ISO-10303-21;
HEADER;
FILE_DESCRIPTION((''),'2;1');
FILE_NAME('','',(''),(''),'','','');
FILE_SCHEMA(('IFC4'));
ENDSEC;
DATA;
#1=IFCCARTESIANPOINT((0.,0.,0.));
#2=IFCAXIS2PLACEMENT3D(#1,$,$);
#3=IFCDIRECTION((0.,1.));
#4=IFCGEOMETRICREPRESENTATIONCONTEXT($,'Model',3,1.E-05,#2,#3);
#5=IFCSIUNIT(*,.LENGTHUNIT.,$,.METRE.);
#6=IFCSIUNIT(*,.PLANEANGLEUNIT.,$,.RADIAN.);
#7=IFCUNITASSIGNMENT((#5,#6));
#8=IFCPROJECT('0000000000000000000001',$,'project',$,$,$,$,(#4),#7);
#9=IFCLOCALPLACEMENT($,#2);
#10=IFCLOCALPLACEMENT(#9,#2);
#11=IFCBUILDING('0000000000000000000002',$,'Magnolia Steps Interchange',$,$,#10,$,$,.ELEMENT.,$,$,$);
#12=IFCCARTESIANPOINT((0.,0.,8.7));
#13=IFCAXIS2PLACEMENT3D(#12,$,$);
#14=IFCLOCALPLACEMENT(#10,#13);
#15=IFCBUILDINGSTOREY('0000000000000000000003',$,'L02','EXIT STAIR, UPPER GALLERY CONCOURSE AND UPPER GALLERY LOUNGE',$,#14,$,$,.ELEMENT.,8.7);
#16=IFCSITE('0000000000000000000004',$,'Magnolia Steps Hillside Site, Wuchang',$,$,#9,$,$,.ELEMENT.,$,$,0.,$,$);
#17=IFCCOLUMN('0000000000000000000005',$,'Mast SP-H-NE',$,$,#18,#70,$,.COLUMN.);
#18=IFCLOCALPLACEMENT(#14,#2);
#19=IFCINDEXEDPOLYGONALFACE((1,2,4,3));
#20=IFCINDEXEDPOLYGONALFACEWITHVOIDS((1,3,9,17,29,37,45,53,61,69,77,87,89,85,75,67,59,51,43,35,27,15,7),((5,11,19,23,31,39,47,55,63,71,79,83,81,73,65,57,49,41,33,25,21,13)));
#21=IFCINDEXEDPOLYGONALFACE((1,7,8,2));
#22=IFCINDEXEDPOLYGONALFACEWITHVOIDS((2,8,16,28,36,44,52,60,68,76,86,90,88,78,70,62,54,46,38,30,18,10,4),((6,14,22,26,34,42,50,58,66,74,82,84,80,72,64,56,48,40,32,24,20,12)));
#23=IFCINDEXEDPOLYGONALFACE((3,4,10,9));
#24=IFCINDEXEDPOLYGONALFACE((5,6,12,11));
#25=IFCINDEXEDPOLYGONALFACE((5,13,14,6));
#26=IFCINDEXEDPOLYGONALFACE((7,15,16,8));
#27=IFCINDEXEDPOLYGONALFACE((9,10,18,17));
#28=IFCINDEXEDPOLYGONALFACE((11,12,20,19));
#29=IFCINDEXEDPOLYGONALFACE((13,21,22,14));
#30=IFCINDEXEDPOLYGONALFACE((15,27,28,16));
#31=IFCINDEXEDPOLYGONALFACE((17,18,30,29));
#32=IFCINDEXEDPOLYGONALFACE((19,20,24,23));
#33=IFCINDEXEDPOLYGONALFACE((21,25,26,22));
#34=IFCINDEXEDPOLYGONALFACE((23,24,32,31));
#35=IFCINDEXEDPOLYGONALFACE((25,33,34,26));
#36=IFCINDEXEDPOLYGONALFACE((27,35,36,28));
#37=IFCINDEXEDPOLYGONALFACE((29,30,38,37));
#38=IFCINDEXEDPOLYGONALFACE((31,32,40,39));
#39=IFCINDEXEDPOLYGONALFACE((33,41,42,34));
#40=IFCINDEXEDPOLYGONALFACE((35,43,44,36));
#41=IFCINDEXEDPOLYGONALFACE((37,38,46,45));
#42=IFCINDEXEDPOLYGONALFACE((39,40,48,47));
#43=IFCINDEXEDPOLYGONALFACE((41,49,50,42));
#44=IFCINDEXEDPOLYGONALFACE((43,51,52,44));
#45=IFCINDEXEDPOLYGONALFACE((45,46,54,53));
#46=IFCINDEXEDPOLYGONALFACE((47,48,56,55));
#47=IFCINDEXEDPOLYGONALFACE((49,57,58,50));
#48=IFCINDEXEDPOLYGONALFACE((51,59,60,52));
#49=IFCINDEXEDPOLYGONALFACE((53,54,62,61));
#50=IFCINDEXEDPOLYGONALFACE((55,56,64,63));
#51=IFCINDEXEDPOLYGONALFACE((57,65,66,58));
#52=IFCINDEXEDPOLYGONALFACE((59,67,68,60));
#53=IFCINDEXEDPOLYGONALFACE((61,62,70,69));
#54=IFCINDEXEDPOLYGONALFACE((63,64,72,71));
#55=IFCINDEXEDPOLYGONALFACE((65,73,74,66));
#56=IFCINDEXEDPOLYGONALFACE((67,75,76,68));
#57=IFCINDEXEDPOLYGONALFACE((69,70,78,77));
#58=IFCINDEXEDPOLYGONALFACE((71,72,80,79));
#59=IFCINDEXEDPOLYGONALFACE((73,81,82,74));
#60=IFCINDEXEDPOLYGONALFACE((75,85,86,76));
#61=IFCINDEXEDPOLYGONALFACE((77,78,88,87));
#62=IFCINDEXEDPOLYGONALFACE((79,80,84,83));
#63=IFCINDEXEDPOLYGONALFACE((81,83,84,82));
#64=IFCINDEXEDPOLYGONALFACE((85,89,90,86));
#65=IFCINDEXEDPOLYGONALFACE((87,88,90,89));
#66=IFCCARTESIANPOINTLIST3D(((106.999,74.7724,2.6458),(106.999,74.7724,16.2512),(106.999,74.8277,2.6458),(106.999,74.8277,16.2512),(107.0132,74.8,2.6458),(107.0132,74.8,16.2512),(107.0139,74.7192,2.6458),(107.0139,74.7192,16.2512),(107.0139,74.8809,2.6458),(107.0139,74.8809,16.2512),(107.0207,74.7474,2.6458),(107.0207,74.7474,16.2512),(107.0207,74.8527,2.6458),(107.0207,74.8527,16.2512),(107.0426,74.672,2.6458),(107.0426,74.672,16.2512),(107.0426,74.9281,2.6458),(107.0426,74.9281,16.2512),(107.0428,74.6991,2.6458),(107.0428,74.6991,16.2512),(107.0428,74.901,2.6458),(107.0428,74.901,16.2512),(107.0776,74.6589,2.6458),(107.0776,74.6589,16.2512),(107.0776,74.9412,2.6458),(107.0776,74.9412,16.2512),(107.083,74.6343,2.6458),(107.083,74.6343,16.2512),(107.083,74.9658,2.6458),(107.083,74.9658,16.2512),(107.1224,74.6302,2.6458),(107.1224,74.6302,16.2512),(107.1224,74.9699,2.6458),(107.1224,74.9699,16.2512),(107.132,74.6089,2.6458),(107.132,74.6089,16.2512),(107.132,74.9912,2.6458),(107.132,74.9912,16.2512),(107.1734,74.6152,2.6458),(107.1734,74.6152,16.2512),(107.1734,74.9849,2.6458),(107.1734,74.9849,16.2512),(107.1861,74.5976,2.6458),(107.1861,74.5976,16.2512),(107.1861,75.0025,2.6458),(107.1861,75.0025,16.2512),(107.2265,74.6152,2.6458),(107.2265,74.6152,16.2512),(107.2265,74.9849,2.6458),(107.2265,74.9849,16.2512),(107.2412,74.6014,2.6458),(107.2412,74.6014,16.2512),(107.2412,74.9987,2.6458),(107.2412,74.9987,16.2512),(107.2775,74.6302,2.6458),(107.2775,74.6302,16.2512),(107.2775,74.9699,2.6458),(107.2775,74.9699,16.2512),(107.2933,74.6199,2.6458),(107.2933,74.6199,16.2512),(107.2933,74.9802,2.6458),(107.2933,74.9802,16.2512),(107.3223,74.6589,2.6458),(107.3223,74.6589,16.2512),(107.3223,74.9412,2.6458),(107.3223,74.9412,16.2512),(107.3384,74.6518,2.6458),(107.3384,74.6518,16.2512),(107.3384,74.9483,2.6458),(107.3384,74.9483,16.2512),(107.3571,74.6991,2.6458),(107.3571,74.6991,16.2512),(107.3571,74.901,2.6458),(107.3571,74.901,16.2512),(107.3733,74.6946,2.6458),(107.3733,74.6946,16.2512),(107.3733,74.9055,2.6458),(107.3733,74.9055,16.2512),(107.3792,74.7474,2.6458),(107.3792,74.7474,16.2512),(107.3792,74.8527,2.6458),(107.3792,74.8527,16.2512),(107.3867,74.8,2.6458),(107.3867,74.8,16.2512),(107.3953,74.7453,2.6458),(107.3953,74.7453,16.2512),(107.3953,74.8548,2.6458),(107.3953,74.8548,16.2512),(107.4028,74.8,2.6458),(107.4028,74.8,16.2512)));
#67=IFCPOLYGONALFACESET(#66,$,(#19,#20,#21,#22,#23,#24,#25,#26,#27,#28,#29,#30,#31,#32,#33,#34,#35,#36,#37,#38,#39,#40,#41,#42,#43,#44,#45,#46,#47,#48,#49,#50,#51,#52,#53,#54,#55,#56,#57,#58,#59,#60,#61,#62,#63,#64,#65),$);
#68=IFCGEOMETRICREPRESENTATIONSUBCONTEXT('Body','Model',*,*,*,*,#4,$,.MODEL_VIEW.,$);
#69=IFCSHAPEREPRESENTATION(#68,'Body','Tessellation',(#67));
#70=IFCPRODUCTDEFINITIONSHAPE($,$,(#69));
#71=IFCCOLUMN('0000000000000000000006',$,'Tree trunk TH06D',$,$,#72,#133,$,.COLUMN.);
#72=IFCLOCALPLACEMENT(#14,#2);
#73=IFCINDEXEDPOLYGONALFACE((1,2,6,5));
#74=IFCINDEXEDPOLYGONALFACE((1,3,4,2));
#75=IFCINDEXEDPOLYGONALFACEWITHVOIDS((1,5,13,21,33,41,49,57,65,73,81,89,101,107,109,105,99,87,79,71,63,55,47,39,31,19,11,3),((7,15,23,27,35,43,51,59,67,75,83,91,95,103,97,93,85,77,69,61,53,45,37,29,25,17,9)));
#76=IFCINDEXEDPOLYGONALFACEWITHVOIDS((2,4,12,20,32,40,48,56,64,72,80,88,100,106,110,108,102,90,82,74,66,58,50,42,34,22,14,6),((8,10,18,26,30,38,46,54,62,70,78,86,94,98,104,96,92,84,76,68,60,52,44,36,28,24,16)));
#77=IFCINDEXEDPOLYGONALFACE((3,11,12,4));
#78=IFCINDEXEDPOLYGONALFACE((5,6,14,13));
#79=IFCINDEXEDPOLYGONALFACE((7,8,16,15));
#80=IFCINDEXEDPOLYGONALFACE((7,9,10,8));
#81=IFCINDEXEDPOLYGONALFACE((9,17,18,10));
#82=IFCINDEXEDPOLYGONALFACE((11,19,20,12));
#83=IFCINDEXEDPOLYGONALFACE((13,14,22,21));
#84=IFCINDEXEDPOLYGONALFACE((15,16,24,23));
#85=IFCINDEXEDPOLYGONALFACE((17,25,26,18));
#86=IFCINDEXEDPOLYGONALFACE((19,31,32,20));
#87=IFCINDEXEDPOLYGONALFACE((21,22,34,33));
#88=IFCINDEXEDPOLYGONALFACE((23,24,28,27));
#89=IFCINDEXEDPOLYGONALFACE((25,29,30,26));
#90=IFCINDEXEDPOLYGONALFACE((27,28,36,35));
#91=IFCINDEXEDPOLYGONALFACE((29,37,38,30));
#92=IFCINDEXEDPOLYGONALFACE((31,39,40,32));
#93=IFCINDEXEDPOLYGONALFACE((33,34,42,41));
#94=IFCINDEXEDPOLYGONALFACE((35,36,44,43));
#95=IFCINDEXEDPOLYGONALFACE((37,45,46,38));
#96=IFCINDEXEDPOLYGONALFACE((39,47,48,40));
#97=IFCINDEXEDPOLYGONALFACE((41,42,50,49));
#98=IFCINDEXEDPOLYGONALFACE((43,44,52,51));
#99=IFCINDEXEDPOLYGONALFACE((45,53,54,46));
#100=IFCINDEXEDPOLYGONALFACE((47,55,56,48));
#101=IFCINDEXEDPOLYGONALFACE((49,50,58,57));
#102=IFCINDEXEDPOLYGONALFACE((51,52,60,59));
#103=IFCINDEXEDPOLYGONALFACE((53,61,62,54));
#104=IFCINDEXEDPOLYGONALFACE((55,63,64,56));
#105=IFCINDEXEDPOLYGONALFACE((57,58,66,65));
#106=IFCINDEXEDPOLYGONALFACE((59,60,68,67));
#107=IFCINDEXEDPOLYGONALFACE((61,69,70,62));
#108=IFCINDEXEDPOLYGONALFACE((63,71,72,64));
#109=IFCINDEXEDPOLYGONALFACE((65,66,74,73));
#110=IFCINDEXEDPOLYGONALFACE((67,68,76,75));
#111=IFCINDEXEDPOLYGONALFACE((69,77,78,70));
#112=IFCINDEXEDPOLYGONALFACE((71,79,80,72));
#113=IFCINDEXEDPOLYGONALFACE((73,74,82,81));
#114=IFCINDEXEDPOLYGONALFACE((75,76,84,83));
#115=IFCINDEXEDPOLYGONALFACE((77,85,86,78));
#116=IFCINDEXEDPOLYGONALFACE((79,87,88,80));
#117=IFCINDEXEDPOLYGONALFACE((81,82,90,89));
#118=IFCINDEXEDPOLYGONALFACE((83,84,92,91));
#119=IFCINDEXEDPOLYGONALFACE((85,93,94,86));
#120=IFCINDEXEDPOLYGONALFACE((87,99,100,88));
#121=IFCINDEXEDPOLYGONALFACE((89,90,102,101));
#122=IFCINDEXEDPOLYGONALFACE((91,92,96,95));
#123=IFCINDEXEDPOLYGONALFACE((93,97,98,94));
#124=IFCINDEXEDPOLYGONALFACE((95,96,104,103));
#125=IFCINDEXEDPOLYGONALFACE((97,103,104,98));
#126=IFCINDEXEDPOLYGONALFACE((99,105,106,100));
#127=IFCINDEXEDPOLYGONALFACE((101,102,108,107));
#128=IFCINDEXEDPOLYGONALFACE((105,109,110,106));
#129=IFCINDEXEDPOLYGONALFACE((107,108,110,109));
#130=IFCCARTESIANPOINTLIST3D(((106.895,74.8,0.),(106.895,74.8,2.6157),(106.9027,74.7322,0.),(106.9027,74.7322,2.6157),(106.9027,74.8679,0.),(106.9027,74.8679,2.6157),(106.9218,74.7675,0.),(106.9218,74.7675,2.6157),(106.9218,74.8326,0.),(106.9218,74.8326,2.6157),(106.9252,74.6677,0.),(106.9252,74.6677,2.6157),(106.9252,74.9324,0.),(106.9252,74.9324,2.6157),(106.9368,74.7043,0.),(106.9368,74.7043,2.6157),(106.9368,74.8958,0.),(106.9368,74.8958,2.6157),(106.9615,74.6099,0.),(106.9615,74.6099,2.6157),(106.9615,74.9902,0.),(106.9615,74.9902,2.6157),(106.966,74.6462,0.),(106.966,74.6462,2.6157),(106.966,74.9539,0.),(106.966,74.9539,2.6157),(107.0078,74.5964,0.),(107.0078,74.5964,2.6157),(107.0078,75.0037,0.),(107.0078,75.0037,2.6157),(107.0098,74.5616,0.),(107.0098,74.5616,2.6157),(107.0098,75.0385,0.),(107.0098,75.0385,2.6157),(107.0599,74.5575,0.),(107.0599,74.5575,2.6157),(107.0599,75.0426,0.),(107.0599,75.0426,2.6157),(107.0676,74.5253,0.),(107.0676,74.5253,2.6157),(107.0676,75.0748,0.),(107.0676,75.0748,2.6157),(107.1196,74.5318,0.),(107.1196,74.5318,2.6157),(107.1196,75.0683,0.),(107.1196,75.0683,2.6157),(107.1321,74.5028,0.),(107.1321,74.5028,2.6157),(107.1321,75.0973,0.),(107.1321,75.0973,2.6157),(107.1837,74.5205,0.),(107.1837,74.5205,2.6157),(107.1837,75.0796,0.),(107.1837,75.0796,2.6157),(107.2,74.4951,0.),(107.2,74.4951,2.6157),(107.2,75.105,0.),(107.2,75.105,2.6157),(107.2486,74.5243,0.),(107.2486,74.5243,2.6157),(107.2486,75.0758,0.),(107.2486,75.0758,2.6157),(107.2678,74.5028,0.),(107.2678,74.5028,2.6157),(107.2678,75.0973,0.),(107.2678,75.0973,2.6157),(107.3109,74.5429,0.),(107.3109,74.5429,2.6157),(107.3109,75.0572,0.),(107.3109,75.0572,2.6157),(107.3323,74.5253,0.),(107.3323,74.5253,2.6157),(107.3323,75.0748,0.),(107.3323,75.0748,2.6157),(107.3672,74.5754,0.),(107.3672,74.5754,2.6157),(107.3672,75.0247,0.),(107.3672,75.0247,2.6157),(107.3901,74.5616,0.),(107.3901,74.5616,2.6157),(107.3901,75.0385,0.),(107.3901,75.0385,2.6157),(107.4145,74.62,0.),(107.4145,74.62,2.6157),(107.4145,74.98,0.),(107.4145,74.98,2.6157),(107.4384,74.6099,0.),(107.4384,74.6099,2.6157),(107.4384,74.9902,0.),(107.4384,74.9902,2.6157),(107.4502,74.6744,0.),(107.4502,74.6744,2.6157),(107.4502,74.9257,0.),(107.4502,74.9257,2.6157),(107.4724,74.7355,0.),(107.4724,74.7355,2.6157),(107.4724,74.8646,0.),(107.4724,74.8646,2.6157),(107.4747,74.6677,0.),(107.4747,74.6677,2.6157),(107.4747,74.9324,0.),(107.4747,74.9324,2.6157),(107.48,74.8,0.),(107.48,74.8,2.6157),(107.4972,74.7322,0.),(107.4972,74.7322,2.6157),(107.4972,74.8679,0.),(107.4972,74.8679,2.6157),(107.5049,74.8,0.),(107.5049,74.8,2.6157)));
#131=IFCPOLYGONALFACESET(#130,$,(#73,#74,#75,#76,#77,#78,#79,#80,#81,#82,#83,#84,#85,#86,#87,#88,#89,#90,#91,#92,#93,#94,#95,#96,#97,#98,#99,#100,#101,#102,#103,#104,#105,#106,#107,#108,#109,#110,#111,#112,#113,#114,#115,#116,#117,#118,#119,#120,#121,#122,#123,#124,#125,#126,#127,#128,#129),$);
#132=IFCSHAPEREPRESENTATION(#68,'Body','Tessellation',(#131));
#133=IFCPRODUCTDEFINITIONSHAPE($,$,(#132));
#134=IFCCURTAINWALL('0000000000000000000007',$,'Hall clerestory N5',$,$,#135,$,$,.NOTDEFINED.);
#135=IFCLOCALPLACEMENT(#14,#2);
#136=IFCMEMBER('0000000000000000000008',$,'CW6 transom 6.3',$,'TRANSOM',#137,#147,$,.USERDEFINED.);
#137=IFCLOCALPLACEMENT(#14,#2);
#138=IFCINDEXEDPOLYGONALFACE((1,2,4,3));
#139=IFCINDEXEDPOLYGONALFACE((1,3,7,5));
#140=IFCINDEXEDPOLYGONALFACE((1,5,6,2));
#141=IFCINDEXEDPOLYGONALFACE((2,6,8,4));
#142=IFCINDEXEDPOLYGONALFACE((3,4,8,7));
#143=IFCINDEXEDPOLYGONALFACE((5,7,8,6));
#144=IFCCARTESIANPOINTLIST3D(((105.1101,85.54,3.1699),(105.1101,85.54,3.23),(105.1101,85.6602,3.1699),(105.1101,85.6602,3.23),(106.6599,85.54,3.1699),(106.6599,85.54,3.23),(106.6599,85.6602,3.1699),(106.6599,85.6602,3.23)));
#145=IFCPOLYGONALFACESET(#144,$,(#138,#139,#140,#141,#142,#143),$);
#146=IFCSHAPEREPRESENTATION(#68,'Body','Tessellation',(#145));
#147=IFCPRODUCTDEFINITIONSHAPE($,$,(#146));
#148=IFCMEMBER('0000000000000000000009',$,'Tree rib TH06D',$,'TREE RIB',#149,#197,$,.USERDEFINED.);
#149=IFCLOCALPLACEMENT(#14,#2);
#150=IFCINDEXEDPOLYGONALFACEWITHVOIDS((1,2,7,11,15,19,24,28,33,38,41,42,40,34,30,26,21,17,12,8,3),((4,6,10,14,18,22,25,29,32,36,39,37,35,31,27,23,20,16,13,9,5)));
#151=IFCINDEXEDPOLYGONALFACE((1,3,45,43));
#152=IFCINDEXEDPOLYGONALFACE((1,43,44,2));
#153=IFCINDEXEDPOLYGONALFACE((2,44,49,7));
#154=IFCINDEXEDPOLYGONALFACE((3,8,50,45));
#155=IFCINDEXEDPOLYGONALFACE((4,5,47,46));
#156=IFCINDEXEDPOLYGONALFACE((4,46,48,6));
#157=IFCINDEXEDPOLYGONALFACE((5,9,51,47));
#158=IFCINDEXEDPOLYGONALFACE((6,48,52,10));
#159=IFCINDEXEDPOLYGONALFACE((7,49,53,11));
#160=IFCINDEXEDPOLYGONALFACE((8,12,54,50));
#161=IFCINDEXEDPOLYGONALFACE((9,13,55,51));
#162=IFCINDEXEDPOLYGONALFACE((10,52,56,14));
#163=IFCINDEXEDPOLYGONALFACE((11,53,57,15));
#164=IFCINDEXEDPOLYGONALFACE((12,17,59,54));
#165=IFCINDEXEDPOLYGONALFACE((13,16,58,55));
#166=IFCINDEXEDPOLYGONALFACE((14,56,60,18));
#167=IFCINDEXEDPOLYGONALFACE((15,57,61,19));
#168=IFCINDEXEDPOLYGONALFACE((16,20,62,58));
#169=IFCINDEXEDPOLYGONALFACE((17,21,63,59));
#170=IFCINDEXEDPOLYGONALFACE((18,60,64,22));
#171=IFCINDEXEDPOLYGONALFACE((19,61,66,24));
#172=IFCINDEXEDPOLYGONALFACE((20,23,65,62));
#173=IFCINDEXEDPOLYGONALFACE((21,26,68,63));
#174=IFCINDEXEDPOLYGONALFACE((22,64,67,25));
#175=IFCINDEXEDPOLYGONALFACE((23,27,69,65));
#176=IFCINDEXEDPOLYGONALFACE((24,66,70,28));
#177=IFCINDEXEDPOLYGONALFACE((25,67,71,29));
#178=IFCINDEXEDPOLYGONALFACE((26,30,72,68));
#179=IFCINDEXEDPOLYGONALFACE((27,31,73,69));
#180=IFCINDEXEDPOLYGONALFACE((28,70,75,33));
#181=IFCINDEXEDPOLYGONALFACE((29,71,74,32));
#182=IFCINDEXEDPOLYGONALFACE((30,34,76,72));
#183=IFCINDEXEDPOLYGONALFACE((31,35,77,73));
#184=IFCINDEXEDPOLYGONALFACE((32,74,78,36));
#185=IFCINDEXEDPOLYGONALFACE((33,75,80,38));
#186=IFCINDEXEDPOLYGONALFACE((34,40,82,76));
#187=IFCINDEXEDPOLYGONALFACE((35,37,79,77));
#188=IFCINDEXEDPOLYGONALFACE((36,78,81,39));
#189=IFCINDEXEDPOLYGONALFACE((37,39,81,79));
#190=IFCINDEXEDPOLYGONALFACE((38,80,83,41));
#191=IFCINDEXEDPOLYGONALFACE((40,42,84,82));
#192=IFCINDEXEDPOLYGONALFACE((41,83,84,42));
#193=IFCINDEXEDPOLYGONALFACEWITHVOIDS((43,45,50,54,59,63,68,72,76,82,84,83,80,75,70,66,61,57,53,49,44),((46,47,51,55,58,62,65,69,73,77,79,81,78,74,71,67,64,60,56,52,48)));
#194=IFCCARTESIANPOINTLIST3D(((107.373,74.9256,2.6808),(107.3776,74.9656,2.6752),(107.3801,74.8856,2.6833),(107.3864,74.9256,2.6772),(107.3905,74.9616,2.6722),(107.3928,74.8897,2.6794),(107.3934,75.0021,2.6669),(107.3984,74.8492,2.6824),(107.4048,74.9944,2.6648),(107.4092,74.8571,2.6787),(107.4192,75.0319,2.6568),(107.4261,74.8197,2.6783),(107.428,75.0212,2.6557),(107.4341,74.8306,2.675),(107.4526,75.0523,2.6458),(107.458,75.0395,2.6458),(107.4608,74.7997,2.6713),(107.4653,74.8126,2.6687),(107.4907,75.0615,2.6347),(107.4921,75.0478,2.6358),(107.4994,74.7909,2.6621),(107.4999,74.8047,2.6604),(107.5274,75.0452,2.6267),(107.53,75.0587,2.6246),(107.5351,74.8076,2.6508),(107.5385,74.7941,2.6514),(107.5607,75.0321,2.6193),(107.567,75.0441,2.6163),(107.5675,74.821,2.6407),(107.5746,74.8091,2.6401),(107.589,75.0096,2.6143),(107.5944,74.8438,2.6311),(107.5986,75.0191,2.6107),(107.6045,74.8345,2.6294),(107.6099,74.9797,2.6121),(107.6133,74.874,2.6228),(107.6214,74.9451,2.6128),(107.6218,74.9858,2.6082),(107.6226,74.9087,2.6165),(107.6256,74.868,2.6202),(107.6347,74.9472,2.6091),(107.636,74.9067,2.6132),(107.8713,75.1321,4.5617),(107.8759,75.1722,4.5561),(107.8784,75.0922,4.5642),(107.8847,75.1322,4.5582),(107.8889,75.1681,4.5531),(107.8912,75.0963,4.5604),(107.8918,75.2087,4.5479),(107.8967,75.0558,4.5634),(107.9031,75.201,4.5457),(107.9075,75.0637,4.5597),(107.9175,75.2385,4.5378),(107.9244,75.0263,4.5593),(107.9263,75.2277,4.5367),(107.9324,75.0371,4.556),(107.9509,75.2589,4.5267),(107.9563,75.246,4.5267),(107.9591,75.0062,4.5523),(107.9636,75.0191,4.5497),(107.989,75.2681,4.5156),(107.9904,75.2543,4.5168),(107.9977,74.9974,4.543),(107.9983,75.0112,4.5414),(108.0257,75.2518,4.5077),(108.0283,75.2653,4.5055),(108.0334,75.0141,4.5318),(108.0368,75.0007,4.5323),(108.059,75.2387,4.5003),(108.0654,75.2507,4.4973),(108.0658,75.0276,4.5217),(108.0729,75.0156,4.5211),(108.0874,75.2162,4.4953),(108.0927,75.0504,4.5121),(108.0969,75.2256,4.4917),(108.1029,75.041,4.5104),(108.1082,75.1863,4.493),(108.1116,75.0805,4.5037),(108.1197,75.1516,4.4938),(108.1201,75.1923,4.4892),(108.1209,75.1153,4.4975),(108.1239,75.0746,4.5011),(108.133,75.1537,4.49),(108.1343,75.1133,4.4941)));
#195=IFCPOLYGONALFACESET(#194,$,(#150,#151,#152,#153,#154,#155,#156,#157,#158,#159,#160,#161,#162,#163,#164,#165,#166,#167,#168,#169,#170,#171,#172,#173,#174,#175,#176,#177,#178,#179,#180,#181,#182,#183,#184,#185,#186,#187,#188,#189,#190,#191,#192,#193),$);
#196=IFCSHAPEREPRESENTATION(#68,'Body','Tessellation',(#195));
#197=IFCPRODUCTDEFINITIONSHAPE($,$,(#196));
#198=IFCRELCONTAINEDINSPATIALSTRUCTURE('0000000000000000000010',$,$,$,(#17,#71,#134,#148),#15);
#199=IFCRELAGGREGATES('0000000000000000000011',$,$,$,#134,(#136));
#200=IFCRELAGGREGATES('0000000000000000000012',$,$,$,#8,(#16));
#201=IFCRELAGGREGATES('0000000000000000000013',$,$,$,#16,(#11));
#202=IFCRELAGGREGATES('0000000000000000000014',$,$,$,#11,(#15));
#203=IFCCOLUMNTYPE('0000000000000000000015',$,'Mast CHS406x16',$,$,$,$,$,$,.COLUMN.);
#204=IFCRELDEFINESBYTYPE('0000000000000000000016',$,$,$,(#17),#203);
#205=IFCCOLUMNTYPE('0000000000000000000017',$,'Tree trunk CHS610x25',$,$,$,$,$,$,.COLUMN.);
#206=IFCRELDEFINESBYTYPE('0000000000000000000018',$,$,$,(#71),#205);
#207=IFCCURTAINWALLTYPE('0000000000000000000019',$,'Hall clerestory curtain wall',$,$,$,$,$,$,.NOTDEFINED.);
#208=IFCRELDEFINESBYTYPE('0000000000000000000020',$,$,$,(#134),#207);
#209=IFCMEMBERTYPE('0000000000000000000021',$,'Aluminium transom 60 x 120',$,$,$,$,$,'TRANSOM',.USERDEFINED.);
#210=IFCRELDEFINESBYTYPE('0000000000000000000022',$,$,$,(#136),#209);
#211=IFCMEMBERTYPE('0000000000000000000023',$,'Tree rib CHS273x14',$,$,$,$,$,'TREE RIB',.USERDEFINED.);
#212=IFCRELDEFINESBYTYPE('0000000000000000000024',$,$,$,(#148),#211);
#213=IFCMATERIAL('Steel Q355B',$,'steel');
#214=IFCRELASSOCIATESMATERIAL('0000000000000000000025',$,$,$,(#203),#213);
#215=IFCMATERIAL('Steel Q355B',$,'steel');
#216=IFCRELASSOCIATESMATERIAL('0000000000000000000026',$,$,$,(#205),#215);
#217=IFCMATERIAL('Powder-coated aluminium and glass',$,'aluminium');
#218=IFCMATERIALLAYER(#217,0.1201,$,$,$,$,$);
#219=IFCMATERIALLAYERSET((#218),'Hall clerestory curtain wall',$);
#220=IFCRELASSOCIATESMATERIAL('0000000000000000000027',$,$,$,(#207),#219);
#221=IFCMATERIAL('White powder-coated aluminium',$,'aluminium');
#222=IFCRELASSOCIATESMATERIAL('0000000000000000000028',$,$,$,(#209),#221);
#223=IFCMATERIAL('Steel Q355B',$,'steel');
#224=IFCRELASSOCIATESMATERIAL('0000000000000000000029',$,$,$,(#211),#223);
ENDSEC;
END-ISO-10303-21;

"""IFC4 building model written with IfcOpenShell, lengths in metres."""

from ifc_helpers import new_model, si_unit, direction, frame, origin, origin_2d, place, context, subcontext, project, spatial, rectangle, hollow_circle, extrude, material, layer, layer_set, material_profile, profile_set, type_object, element, aggregate, save


model = new_model("IFC4")

# Units and contexts
model_context = context("Model", 3, precision=1e-05, world=origin(), true_north=direction((0.0, 1.0)))
body_context = subcontext(model_context, "Body", "Model", "MODEL_VIEW")
ifc_project = project(units=[si_unit("LENGTHUNIT", "METRE"), si_unit("PLANEANGLEUNIT", "RADIAN")], contexts=[model_context])

# Site, building, storey
site_placement = place(None, origin())
site = spatial("IfcSite", under=ifc_project, at=site_placement, Name="Magnolia Steps Hillside Site, Wuchang", CompositionType="ELEMENT", RefElevation=0.0)
building_placement = place(site_placement, origin())
building = spatial("IfcBuilding", under=site, at=building_placement, Name="Magnolia Steps Interchange", CompositionType="ELEMENT")
storey_placement = place(building_placement, frame((0.0, 0.0, 8.7)))
storey = spatial("IfcBuildingStorey", under=building, at=storey_placement, Name="L02", Description="EXIT STAIR, UPPER GALLERY CONCOURSE AND UPPER GALLERY LOUNGE", CompositionType="ELEMENT", Elevation=8.7)

# Columns
ifc_material_1 = material(Name="Steel Q355B", Category="steel")
ifc_material_profile_1 = material_profile(ifc_material_1, hollow_circle(Radius=0.2029, WallThickness=0.0161, at=origin_2d()), Name="CHS406x16")
ifc_profile_set_1 = profile_set([ifc_material_profile_1], Name="Steel Q355B")
column_type_1 = type_object("IfcColumnType", Name="Mast CHS406x16", PredefinedType="COLUMN", material=ifc_profile_set_1)
column_1_placement = place(storey_placement, frame((107.2, 74.8, 2.6458), z_axis=(0.0, 0.0, 1.0), x_axis=(1.0, 0.0, 0.0)))
element("IfcColumn", 1, at=column_1_placement, inside=storey, type_object=column_type_1, Name="Mast SP-H-NE", PredefinedType="COLUMN", context=body_context, shape_type="SweptSolid", body=[
    extrude(hollow_circle(Radius=0.2029, WallThickness=0.0161, at=origin_2d()), origin(), (0.0, 0.0, 1.0), 13.6055),
])
ifc_material_2 = material(Name="Steel Q355B", Category="steel")
ifc_material_profile_2 = material_profile(ifc_material_2, hollow_circle(Radius=0.3049, WallThickness=0.0249, at=origin_2d()), Name="CHS610x25")
ifc_profile_set_2 = profile_set([ifc_material_profile_2], Name="Steel Q355B")
column_type_2 = type_object("IfcColumnType", Name="Tree trunk CHS610x25", PredefinedType="COLUMN", material=ifc_profile_set_2)
column_2_placement = place(storey_placement, frame((107.2, 74.8, 0.0), z_axis=(0.0, 0.0, 1.0), x_axis=(1.0, 0.0, 0.0)))
element("IfcColumn", 2, at=column_2_placement, inside=storey, type_object=column_type_2, Name="Tree trunk TH06D", PredefinedType="COLUMN", context=body_context, shape_type="SweptSolid", body=[
    extrude(hollow_circle(Radius=0.3049, WallThickness=0.0249, at=origin_2d()), origin(), (0.0, 0.0, 1.0), 2.6157),
])

# Curtain wall, member
ifc_material_3 = material(Name="Powder-coated aluminium and glass", Category="aluminium")
ifc_layer_1 = layer(ifc_material_3, 0.1201)
ifc_layer_set_1 = layer_set([ifc_layer_1], Name="Hall clerestory curtain wall")
curtain_wall_type = type_object("IfcCurtainWallType", Name="Hall clerestory curtain wall", PredefinedType="NOTDEFINED", material=ifc_layer_set_1)
curtain_wall_placement = place(storey_placement, origin())
curtain_wall = element("IfcCurtainWall", 3, at=curtain_wall_placement, inside=storey, type_object=curtain_wall_type, Name="Hall clerestory N5", PredefinedType="NOTDEFINED")
ifc_material_4 = material(Name="White powder-coated aluminium", Category="aluminium")
ifc_material_profile_3 = material_profile(ifc_material_4, rectangle(XDim=0.0601, YDim=0.1201, at=origin_2d()), Name="Aluminium transom 60 x 120")
ifc_profile_set_3 = profile_set([ifc_material_profile_3], Name="White powder-coated aluminium")
member_type_1 = type_object("IfcMemberType", Name="Aluminium transom 60 x 120", ElementType="TRANSOM", PredefinedType="USERDEFINED", material=ifc_profile_set_3)
member_1_placement = place(storey_placement, frame((105.1101, 85.6001, 3.2), z_axis=(1.0, 0.0, 0.0), x_axis=(0.0, 0.0, 1.0)))
member_1 = element("IfcMember", 4, at=member_1_placement, type_object=member_type_1, Name="CW6 transom 6.3", ObjectType="TRANSOM", PredefinedType="USERDEFINED", context=body_context, shape_type="SweptSolid", body=[
    extrude(rectangle(XDim=0.0601, YDim=0.1201, at=origin_2d()), origin(), (0.0, 0.0, 1.0), 1.5498),
])
aggregate(curtain_wall, [member_1])

# Member
ifc_material_5 = material(Name="Steel Q355B", Category="steel")
ifc_material_profile_4 = material_profile(ifc_material_5, hollow_circle(Radius=0.1365, WallThickness=0.0139, at=origin_2d()), Name="CHS273x14")
ifc_profile_set_4 = profile_set([ifc_material_profile_4], Name="Steel Q355B")
member_type_2 = type_object("IfcMemberType", Name="Tree rib CHS273x14", ElementType="TREE RIB", PredefinedType="USERDEFINED", material=ifc_profile_set_4)
member_2_placement = place(storey_placement, frame((107.5049, 74.9263, 2.6458), z_axis=(0.254662, 0.105558, 0.961252), x_axis=(-0.382911, 0.923785, 0.0)))
element("IfcMember", 5, at=member_2_placement, inside=storey, type_object=member_type_2, Name="Tree rib TH06D", ObjectType="TREE RIB", PredefinedType="USERDEFINED", context=body_context, shape_type="SweptSolid", body=[
    extrude(hollow_circle(Radius=0.1365, WallThickness=0.0139, at=origin_2d()), origin(), (0.0, 0.0, 1.0), 1.9568),
])

save(model, "model.ifc")
